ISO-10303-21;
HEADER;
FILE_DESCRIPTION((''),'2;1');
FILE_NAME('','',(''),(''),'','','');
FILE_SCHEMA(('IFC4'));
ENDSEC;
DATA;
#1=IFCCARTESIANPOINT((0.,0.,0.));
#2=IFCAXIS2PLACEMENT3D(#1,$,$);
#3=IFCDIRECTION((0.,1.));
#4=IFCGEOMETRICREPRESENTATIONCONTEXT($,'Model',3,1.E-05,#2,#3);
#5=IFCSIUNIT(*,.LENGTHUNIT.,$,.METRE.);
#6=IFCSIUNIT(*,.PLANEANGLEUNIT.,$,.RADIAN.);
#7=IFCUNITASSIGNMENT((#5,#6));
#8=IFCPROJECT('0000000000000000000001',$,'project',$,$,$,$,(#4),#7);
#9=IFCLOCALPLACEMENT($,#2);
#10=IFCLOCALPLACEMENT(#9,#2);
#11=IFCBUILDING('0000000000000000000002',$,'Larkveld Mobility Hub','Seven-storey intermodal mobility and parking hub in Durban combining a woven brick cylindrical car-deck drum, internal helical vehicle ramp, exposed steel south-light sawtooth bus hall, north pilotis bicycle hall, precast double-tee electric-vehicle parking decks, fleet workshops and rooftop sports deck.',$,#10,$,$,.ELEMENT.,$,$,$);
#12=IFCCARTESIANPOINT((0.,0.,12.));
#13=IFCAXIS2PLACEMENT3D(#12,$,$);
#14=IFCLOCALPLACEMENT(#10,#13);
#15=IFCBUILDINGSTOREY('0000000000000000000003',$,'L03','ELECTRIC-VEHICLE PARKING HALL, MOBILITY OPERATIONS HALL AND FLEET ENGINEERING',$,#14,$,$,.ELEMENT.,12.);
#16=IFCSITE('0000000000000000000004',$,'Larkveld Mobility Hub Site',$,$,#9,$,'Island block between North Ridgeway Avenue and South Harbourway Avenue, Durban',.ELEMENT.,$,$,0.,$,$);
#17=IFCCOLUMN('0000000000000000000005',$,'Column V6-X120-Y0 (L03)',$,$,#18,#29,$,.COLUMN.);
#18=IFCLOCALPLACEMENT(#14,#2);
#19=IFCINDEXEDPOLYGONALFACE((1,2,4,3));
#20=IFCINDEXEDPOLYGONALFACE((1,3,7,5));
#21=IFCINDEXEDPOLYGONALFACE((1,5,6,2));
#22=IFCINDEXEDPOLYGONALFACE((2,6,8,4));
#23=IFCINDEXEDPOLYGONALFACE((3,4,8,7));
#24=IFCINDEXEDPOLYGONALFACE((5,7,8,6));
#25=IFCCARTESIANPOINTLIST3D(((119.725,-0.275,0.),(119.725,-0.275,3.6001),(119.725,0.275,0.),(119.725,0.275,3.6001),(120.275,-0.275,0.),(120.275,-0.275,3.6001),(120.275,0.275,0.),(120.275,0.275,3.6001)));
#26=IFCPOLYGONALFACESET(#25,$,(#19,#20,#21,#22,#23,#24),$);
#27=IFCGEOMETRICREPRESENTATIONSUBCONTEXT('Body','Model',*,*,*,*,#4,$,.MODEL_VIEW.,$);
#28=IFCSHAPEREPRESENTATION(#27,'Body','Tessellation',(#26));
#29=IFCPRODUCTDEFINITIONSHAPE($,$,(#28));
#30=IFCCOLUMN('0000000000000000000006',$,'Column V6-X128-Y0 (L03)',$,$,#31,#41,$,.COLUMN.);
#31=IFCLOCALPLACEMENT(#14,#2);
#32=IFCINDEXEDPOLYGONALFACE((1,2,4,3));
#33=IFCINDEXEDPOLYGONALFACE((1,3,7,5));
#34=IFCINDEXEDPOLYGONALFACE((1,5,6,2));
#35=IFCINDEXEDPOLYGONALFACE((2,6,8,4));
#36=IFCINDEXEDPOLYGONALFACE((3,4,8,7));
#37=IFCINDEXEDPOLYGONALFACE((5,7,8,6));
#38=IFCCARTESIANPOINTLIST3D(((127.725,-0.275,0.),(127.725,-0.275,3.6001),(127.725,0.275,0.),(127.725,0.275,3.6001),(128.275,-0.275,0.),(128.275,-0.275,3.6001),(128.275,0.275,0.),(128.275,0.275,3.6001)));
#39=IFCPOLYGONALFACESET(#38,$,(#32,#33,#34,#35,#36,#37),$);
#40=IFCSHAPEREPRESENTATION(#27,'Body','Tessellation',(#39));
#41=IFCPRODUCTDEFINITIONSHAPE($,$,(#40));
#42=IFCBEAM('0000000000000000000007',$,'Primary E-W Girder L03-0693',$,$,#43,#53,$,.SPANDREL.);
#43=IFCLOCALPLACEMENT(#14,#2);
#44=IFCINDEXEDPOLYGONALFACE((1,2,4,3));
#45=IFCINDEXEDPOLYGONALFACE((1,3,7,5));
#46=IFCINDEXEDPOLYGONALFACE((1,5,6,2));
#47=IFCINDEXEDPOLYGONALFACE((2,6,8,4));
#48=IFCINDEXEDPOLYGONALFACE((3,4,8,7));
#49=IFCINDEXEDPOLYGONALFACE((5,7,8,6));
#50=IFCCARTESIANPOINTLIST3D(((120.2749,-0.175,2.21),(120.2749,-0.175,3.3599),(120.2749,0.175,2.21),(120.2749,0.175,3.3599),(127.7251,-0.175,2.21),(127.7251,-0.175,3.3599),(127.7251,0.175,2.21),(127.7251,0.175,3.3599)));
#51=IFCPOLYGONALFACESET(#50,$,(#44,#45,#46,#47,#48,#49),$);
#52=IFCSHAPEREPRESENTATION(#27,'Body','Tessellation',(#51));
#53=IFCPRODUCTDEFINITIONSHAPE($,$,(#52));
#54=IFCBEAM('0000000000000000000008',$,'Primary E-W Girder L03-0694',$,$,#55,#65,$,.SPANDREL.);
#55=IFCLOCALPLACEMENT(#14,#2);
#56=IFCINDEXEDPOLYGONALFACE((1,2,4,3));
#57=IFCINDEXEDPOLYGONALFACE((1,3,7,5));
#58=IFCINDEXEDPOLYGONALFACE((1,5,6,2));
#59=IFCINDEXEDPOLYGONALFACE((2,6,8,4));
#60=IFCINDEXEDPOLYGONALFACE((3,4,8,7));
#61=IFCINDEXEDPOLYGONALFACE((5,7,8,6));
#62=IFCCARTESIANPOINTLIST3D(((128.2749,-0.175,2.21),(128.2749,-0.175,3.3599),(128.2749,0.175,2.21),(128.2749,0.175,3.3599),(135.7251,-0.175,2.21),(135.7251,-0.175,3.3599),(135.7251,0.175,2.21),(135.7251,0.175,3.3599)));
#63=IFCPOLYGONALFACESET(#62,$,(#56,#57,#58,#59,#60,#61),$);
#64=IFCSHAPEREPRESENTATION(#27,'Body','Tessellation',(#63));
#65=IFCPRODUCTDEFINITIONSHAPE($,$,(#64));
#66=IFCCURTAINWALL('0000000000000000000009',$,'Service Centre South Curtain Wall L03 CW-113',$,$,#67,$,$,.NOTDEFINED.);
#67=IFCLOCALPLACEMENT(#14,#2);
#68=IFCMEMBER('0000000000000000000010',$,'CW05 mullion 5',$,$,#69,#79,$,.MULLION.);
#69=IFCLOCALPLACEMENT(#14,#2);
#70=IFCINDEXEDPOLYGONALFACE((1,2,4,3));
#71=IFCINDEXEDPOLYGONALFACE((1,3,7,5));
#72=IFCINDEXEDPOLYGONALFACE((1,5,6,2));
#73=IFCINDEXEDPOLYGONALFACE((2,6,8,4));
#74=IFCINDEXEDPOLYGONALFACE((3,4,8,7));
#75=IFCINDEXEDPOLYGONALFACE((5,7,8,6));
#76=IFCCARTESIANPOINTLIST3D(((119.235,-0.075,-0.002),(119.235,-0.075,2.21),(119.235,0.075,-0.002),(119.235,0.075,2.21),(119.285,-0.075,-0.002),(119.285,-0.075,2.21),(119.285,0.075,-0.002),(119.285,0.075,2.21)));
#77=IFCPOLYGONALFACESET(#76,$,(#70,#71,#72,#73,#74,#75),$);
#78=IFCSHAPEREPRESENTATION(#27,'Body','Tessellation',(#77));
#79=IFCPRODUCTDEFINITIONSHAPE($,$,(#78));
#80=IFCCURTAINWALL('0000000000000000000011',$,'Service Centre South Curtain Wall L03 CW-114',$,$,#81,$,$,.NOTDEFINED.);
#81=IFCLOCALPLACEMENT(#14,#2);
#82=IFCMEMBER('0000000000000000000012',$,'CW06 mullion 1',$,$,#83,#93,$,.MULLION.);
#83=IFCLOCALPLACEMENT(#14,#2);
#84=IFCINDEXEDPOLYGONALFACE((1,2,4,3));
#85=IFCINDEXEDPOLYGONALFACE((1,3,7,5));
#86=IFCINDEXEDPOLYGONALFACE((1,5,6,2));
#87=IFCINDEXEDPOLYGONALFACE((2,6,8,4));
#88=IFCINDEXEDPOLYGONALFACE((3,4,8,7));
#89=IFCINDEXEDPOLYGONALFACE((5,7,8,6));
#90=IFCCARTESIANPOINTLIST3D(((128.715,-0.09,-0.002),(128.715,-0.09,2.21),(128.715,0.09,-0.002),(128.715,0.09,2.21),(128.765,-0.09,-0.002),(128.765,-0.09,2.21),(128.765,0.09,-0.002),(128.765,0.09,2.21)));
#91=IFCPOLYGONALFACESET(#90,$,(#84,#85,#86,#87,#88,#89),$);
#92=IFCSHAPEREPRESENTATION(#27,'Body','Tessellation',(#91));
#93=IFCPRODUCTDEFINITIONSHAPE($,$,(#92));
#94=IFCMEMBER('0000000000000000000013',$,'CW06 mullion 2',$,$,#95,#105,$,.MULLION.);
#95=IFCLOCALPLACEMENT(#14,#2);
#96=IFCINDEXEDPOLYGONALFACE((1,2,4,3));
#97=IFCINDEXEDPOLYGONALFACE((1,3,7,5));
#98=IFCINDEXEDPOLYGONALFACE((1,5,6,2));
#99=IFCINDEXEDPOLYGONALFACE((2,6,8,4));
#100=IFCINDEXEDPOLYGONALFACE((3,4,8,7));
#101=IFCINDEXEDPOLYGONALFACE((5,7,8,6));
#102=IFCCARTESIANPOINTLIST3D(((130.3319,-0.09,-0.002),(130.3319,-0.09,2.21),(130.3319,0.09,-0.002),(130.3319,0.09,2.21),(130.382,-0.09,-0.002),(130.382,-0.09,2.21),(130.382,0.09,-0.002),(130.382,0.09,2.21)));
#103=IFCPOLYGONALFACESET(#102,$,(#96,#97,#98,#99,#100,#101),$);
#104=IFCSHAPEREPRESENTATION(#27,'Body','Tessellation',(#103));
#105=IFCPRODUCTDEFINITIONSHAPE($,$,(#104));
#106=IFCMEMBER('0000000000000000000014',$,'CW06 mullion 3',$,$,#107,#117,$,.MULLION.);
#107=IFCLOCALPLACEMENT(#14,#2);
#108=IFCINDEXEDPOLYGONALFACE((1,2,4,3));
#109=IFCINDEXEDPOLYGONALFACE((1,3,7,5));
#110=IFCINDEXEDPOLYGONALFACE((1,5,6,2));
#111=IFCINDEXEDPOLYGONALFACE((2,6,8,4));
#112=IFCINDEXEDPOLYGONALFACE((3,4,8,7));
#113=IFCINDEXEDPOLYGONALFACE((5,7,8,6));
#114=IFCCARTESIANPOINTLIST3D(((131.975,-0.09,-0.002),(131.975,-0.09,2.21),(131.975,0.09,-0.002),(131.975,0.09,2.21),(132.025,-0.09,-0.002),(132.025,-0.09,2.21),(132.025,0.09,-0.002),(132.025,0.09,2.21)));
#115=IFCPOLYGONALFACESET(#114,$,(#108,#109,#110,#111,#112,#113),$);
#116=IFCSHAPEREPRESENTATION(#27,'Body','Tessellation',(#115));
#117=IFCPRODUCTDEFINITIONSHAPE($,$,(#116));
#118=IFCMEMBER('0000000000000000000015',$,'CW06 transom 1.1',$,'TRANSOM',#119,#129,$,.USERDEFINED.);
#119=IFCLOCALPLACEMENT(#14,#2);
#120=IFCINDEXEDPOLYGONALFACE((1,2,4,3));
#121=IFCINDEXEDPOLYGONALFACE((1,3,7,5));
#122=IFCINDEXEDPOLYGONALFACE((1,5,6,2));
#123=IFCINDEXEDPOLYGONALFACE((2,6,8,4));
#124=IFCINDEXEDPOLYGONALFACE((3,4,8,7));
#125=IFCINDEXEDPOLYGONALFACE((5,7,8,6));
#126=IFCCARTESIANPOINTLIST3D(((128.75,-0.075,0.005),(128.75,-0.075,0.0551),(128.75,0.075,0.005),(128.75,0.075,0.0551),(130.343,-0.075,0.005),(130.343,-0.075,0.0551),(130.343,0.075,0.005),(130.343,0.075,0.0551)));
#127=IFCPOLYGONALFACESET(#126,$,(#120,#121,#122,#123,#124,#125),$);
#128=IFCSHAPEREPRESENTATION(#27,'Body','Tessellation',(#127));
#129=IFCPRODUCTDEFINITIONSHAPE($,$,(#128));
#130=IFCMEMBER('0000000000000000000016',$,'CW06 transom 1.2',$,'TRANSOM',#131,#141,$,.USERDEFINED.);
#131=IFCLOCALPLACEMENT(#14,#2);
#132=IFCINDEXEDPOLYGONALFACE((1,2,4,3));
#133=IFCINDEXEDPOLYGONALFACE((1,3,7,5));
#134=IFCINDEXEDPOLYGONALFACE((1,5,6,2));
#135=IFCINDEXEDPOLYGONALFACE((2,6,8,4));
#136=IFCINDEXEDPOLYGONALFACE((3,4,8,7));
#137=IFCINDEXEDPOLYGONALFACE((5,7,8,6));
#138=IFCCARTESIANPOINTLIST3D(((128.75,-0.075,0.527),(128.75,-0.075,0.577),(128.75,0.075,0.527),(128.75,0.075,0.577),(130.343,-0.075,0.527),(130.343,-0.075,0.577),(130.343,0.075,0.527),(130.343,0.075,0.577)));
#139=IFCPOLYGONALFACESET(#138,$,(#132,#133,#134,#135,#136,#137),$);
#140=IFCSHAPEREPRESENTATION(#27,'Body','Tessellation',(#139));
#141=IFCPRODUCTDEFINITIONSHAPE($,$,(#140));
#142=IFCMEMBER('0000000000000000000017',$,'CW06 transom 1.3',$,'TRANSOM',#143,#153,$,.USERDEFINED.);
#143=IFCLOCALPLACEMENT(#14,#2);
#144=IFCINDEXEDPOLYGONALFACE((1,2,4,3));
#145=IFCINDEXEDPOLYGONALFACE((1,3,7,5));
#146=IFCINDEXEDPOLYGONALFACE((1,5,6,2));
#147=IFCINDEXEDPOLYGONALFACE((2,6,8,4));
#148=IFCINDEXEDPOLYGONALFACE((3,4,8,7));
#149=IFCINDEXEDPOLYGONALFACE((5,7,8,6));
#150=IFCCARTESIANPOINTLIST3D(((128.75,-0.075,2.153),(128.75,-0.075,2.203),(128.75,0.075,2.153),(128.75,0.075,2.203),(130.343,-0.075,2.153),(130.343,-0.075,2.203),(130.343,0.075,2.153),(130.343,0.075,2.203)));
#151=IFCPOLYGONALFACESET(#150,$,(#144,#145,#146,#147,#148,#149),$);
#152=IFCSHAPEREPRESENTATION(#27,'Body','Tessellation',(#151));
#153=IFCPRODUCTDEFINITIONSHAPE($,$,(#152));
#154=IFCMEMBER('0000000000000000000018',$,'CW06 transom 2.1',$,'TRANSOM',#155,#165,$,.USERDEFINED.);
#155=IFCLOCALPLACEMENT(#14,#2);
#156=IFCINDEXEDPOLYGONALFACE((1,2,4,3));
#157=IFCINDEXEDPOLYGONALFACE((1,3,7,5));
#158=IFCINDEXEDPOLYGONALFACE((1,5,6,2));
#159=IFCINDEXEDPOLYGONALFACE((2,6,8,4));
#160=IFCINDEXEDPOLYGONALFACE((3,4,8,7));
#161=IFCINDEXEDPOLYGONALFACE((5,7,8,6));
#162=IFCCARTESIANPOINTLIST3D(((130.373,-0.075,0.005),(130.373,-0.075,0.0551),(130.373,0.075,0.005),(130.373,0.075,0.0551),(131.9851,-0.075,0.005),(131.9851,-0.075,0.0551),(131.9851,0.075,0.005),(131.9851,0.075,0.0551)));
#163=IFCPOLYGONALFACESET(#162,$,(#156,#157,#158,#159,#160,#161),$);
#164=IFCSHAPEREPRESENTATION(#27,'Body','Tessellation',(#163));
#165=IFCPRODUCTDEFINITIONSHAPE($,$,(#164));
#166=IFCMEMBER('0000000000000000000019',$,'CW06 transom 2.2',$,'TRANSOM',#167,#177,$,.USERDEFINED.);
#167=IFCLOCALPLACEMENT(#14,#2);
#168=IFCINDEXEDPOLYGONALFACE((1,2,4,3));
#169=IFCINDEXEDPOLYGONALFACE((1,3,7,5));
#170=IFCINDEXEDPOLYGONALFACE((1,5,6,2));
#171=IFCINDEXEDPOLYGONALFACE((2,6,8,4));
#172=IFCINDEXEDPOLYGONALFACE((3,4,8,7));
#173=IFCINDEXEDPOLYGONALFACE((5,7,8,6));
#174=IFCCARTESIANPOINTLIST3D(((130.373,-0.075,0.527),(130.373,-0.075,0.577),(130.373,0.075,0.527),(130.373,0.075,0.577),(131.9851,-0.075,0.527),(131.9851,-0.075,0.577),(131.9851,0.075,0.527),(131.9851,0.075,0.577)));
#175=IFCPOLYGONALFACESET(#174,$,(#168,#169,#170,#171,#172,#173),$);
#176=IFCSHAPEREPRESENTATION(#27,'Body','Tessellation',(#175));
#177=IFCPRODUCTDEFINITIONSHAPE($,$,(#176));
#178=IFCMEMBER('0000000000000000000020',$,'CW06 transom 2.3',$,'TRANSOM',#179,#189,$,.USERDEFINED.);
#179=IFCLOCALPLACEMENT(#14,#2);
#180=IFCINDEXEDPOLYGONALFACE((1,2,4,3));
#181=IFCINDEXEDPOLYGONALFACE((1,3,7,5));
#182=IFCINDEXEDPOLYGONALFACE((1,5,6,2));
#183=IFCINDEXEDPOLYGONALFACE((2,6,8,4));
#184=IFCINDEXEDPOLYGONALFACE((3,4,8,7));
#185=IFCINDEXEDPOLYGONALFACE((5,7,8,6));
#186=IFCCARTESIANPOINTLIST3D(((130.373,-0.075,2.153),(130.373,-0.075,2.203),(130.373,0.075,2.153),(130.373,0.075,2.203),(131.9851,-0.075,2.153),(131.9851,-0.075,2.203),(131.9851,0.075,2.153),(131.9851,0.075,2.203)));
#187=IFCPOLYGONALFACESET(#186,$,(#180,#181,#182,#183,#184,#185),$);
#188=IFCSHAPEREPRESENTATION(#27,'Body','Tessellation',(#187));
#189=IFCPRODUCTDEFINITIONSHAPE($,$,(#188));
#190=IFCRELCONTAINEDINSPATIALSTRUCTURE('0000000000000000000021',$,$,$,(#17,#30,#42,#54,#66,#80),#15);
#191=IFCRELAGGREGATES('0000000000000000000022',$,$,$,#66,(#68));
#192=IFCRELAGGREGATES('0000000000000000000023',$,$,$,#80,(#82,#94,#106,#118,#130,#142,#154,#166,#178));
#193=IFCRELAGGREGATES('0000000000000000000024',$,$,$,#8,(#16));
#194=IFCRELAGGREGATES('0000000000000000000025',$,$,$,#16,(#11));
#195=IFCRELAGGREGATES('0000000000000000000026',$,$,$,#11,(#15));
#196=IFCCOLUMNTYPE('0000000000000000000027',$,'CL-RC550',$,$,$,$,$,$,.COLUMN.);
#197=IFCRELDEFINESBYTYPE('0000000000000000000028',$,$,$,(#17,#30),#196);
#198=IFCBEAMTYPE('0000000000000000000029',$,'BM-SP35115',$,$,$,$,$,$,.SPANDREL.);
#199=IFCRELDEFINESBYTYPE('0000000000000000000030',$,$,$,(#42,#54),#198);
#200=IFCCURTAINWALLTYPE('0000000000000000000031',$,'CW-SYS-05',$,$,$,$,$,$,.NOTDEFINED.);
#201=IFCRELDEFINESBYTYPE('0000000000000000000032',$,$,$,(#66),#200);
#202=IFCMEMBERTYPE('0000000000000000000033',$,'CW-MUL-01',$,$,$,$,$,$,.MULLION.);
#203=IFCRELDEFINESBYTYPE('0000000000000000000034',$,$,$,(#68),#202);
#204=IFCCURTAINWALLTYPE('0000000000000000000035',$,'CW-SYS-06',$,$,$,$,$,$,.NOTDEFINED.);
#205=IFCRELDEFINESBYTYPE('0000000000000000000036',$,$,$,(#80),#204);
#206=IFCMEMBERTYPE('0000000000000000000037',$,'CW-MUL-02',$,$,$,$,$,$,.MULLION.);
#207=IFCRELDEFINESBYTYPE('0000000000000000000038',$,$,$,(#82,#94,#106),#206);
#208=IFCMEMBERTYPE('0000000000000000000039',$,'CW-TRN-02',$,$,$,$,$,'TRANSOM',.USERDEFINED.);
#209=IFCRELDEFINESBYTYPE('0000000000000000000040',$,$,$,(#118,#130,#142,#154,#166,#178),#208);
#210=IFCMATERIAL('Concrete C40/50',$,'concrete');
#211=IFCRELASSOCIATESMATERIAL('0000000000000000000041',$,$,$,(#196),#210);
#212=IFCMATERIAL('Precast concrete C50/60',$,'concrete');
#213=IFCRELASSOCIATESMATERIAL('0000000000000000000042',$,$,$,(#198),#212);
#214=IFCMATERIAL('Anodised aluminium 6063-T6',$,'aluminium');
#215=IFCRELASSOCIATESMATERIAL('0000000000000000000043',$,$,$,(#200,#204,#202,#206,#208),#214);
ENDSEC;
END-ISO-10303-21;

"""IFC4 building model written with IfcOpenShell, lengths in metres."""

from ifc_helpers import new_model, si_unit, direction, frame, origin, origin_2d, place, context, subcontext, project, spatial, rectangle, extrude, material, material_profile, profile_set, type_object, element, aggregate, save


model = new_model("IFC4")

# Units and contexts
model_context = context("Model", 3, precision=1e-05, world=origin(), true_north=direction((0.0, 1.0)))
body_context = subcontext(model_context, "Body", "Model", "MODEL_VIEW")
ifc_project = project(units=[si_unit("LENGTHUNIT", "METRE"), si_unit("PLANEANGLEUNIT", "RADIAN")], contexts=[model_context])

# Site, building, storey
site_placement = place(None, origin())
site = spatial("IfcSite", under=ifc_project, at=site_placement, Name="Larkveld Mobility Hub Site", LongName="Island block between North Ridgeway Avenue and South Harbourway Avenue, Durban", CompositionType="ELEMENT", RefElevation=0.0)
building_placement = place(site_placement, origin())
building = spatial("IfcBuilding", under=site, at=building_placement, Name="Larkveld Mobility Hub", Description="Seven-storey intermodal mobility and parking hub in Durban combining a woven brick cylindrical car-deck drum, internal helical vehicle ramp, exposed steel south-light sawtooth bus hall, north pilotis bicycle hall, precast double-tee electric-vehicle parking decks, fleet workshops and rooftop sports deck.", CompositionType="ELEMENT")
storey_placement = place(building_placement, frame((0.0, 0.0, 12.0)))
storey = spatial("IfcBuildingStorey", under=building, at=storey_placement, Name="L03", Description="ELECTRIC-VEHICLE PARKING HALL, MOBILITY OPERATIONS HALL AND FLEET ENGINEERING", CompositionType="ELEMENT", Elevation=12.0)

# Columns
ifc_material_1 = material(Name="Concrete C40/50", Category="concrete")
ifc_material_profile_1 = material_profile(ifc_material_1, rectangle(XDim=0.55, YDim=0.55, at=origin_2d()), Name="RC COL 550x550")
ifc_profile_set_1 = profile_set([ifc_material_profile_1], Name="Concrete C40/50")
column_type = type_object("IfcColumnType", Name="CL-RC550", PredefinedType="COLUMN", material=ifc_profile_set_1)
for number, where, z_axis, x_axis, name in (
    (1, (120.0, 0.0, 0.0), (0.0, 0.0, 1.0), (1.0, 0.0, 0.0), "Column V6-X120-Y0 (L03)"),
    (2, (128.0, 0.0, 0.0), (0.0, 0.0, 1.0), (1.0, 0.0, 0.0), "Column V6-X128-Y0 (L03)"),
):
    element("IfcColumn", number, at=place(storey_placement, frame(where, z_axis=z_axis, x_axis=x_axis)), inside=storey, type_object=column_type, Name=name, PredefinedType="COLUMN", context=body_context, shape_type="SweptSolid", body=[
        extrude(rectangle(XDim=0.55, YDim=0.55, at=origin_2d()), origin(), (0.0, 0.0, 1.0), 3.6001),
    ])

# Beams
ifc_material_2 = material(Name="Precast concrete C50/60", Category="concrete")
ifc_material_profile_2 = material_profile(ifc_material_2, rectangle(XDim=0.3501, YDim=1.1499, at=origin_2d()), Name="PC SP 350x1150")
ifc_profile_set_2 = profile_set([ifc_material_profile_2], Name="Precast concrete C50/60")
beam_type = type_object("IfcBeamType", Name="BM-SP35115", PredefinedType="SPANDREL", material=ifc_profile_set_2)
for number, where, z_axis, x_axis, name in (
    (3, (120.2749, 0.0, 2.7849), (1.0, 0.0, 0.0), (0.0, 1.0, 0.0), "Primary E-W Girder L03-0693"),
    (4, (128.2749, 0.0, 2.7849), (1.0, 0.0, 0.0), (0.0, 1.0, 0.0), "Primary E-W Girder L03-0694"),
):
    element("IfcBeam", number, at=place(storey_placement, frame(where, z_axis=z_axis, x_axis=x_axis)), inside=storey, type_object=beam_type, Name=name, PredefinedType="SPANDREL", context=body_context, shape_type="SweptSolid", body=[
        extrude(rectangle(XDim=0.3501, YDim=1.1499, at=origin_2d()), origin(), (0.0, 0.0, 1.0), 7.4502),
    ])

# Curtain wall, member
ifc_material_3 = material(Name="Anodised aluminium 6063-T6", Category="aluminium")
curtain_wall_type_1 = type_object("IfcCurtainWallType", Name="CW-SYS-05", PredefinedType="NOTDEFINED", material=ifc_material_3)
curtain_wall_1_placement = place(storey_placement, origin())
curtain_wall_1 = element("IfcCurtainWall", 5, at=curtain_wall_1_placement, inside=storey, type_object=curtain_wall_type_1, Name="Service Centre South Curtain Wall L03 CW-113", PredefinedType="NOTDEFINED")
ifc_material_profile_3 = material_profile(ifc_material_3, rectangle(XDim=0.05, YDim=0.1499, at=origin_2d()), Name="ALU MULL 50x150")
ifc_profile_set_3 = profile_set([ifc_material_profile_3], Name="Anodised aluminium 6063-T6")
member_type_1 = type_object("IfcMemberType", Name="CW-MUL-01", PredefinedType="MULLION", material=ifc_profile_set_3)
member_1_placement = place(storey_placement, frame((119.26, 0.0, -0.002), z_axis=(0.0, 0.0, 1.0), x_axis=(1.0, 0.0, 0.0)))
member_1 = element("IfcMember", 6, at=member_1_placement, type_object=member_type_1, Name="CW05 mullion 5", PredefinedType="MULLION", context=body_context, shape_type="SweptSolid", body=[
    extrude(rectangle(XDim=0.05, YDim=0.1499, at=origin_2d()), origin(), (0.0, 0.0, 1.0), 2.2119),
])
aggregate(curtain_wall_1, [member_1])

# Curtain wall, members
curtain_wall_type_2 = type_object("IfcCurtainWallType", Name="CW-SYS-06", PredefinedType="NOTDEFINED", material=ifc_material_3)
curtain_wall_2_placement = place(storey_placement, origin())
curtain_wall_2 = element("IfcCurtainWall", 7, at=curtain_wall_2_placement, inside=storey, type_object=curtain_wall_type_2, Name="Service Centre South Curtain Wall L03 CW-114", PredefinedType="NOTDEFINED")
ifc_material_profile_4 = material_profile(ifc_material_3, rectangle(XDim=0.05, YDim=0.1799, at=origin_2d()), Name="ALU MULL 50x180")
ifc_profile_set_4 = profile_set([ifc_material_profile_4], Name="Anodised aluminium 6063-T6")
member_type_2 = type_object("IfcMemberType", Name="CW-MUL-02", PredefinedType="MULLION", material=ifc_profile_set_4)
member_2_placement = place(storey_placement, frame((128.74, 0.0, -0.002), z_axis=(0.0, 0.0, 1.0), x_axis=(1.0, 0.0, 0.0)))
member_2 = element("IfcMember", 8, at=member_2_placement, type_object=member_type_2, Name="CW06 mullion 1", PredefinedType="MULLION", context=body_context, shape_type="SweptSolid", body=[
    extrude(rectangle(XDim=0.05, YDim=0.1799, at=origin_2d()), origin(), (0.0, 0.0, 1.0), 2.2119),
])
member_3_placement = place(storey_placement, frame((130.3569, 0.0, -0.002), z_axis=(0.0, 0.0, 1.0), x_axis=(1.0, 0.0, 0.0)))
member_3 = element("IfcMember", 9, at=member_3_placement, type_object=member_type_2, Name="CW06 mullion 2", PredefinedType="MULLION", context=body_context, shape_type="SweptSolid", body=[
    extrude(rectangle(XDim=0.05, YDim=0.1799, at=origin_2d()), origin(), (0.0, 0.0, 1.0), 2.2119),
])
member_4_placement = place(storey_placement, frame((132.0, 0.0, -0.002), z_axis=(0.0, 0.0, 1.0), x_axis=(1.0, 0.0, 0.0)))
member_4 = element("IfcMember", 10, at=member_4_placement, type_object=member_type_2, Name="CW06 mullion 3", PredefinedType="MULLION", context=body_context, shape_type="SweptSolid", body=[
    extrude(rectangle(XDim=0.05, YDim=0.1799, at=origin_2d()), origin(), (0.0, 0.0, 1.0), 2.2119),
])
ifc_material_profile_5 = material_profile(ifc_material_3, rectangle(XDim=0.1499, YDim=0.05, at=origin_2d()), Name="ALU TRAN 50x150")
ifc_profile_set_5 = profile_set([ifc_material_profile_5], Name="Anodised aluminium 6063-T6")
member_type_3 = type_object("IfcMemberType", Name="CW-TRN-02", ElementType="TRANSOM", PredefinedType="USERDEFINED", material=ifc_profile_set_5)
member_5_placement = place(storey_placement, frame((128.75, 0.0, 0.03), z_axis=(1.0, 0.0, 0.0), x_axis=(0.0, 1.0, 0.0)))
member_5 = element("IfcMember", 11, at=member_5_placement, type_object=member_type_3, Name="CW06 transom 1.1", ObjectType="TRANSOM", PredefinedType="USERDEFINED", context=body_context, shape_type="SweptSolid", body=[
    extrude(rectangle(XDim=0.1499, YDim=0.05, at=origin_2d()), origin(), (0.0, 0.0, 1.0), 1.593),
])
member_6_placement = place(storey_placement, frame((128.75, 0.0, 0.552), z_axis=(1.0, 0.0, 0.0), x_axis=(0.0, 1.0, 0.0)))
member_6 = element("IfcMember", 12, at=member_6_placement, type_object=member_type_3, Name="CW06 transom 1.2", ObjectType="TRANSOM", PredefinedType="USERDEFINED", context=body_context, shape_type="SweptSolid", body=[
    extrude(rectangle(XDim=0.1499, YDim=0.05, at=origin_2d()), origin(), (0.0, 0.0, 1.0), 1.593),
])
member_7_placement = place(storey_placement, frame((128.75, 0.0, 2.178), z_axis=(1.0, 0.0, 0.0), x_axis=(0.0, 1.0, 0.0)))
member_7 = element("IfcMember", 13, at=member_7_placement, type_object=member_type_3, Name="CW06 transom 1.3", ObjectType="TRANSOM", PredefinedType="USERDEFINED", context=body_context, shape_type="SweptSolid", body=[
    extrude(rectangle(XDim=0.1499, YDim=0.05, at=origin_2d()), origin(), (0.0, 0.0, 1.0), 1.593),
])
member_8_placement = place(storey_placement, frame((130.373, 0.0, 0.03), z_axis=(1.0, 0.0, 0.0), x_axis=(0.0, 1.0, 0.0)))
member_8 = element("IfcMember", 14, at=member_8_placement, type_object=member_type_3, Name="CW06 transom 2.1", ObjectType="TRANSOM", PredefinedType="USERDEFINED", context=body_context, shape_type="SweptSolid", body=[
    extrude(rectangle(XDim=0.1499, YDim=0.05, at=origin_2d()), origin(), (0.0, 0.0, 1.0), 1.6121),
])
member_9_placement = place(storey_placement, frame((130.373, 0.0, 0.552), z_axis=(1.0, 0.0, 0.0), x_axis=(0.0, 1.0, 0.0)))
member_9 = element("IfcMember", 15, at=member_9_placement, type_object=member_type_3, Name="CW06 transom 2.2", ObjectType="TRANSOM", PredefinedType="USERDEFINED", context=body_context, shape_type="SweptSolid", body=[
    extrude(rectangle(XDim=0.1499, YDim=0.05, at=origin_2d()), origin(), (0.0, 0.0, 1.0), 1.6121),
])
member_10_placement = place(storey_placement, frame((130.373, 0.0, 2.178), z_axis=(1.0, 0.0, 0.0), x_axis=(0.0, 1.0, 0.0)))
member_10 = element("IfcMember", 16, at=member_10_placement, type_object=member_type_3, Name="CW06 transom 2.3", ObjectType="TRANSOM", PredefinedType="USERDEFINED", context=body_context, shape_type="SweptSolid", body=[
    extrude(rectangle(XDim=0.1499, YDim=0.05, at=origin_2d()), origin(), (0.0, 0.0, 1.0), 1.6121),
])
aggregate(curtain_wall_2, [member_2, member_3, member_4, member_5, member_6, member_7, member_8, member_9, member_10])

save(model, "model.ifc")
